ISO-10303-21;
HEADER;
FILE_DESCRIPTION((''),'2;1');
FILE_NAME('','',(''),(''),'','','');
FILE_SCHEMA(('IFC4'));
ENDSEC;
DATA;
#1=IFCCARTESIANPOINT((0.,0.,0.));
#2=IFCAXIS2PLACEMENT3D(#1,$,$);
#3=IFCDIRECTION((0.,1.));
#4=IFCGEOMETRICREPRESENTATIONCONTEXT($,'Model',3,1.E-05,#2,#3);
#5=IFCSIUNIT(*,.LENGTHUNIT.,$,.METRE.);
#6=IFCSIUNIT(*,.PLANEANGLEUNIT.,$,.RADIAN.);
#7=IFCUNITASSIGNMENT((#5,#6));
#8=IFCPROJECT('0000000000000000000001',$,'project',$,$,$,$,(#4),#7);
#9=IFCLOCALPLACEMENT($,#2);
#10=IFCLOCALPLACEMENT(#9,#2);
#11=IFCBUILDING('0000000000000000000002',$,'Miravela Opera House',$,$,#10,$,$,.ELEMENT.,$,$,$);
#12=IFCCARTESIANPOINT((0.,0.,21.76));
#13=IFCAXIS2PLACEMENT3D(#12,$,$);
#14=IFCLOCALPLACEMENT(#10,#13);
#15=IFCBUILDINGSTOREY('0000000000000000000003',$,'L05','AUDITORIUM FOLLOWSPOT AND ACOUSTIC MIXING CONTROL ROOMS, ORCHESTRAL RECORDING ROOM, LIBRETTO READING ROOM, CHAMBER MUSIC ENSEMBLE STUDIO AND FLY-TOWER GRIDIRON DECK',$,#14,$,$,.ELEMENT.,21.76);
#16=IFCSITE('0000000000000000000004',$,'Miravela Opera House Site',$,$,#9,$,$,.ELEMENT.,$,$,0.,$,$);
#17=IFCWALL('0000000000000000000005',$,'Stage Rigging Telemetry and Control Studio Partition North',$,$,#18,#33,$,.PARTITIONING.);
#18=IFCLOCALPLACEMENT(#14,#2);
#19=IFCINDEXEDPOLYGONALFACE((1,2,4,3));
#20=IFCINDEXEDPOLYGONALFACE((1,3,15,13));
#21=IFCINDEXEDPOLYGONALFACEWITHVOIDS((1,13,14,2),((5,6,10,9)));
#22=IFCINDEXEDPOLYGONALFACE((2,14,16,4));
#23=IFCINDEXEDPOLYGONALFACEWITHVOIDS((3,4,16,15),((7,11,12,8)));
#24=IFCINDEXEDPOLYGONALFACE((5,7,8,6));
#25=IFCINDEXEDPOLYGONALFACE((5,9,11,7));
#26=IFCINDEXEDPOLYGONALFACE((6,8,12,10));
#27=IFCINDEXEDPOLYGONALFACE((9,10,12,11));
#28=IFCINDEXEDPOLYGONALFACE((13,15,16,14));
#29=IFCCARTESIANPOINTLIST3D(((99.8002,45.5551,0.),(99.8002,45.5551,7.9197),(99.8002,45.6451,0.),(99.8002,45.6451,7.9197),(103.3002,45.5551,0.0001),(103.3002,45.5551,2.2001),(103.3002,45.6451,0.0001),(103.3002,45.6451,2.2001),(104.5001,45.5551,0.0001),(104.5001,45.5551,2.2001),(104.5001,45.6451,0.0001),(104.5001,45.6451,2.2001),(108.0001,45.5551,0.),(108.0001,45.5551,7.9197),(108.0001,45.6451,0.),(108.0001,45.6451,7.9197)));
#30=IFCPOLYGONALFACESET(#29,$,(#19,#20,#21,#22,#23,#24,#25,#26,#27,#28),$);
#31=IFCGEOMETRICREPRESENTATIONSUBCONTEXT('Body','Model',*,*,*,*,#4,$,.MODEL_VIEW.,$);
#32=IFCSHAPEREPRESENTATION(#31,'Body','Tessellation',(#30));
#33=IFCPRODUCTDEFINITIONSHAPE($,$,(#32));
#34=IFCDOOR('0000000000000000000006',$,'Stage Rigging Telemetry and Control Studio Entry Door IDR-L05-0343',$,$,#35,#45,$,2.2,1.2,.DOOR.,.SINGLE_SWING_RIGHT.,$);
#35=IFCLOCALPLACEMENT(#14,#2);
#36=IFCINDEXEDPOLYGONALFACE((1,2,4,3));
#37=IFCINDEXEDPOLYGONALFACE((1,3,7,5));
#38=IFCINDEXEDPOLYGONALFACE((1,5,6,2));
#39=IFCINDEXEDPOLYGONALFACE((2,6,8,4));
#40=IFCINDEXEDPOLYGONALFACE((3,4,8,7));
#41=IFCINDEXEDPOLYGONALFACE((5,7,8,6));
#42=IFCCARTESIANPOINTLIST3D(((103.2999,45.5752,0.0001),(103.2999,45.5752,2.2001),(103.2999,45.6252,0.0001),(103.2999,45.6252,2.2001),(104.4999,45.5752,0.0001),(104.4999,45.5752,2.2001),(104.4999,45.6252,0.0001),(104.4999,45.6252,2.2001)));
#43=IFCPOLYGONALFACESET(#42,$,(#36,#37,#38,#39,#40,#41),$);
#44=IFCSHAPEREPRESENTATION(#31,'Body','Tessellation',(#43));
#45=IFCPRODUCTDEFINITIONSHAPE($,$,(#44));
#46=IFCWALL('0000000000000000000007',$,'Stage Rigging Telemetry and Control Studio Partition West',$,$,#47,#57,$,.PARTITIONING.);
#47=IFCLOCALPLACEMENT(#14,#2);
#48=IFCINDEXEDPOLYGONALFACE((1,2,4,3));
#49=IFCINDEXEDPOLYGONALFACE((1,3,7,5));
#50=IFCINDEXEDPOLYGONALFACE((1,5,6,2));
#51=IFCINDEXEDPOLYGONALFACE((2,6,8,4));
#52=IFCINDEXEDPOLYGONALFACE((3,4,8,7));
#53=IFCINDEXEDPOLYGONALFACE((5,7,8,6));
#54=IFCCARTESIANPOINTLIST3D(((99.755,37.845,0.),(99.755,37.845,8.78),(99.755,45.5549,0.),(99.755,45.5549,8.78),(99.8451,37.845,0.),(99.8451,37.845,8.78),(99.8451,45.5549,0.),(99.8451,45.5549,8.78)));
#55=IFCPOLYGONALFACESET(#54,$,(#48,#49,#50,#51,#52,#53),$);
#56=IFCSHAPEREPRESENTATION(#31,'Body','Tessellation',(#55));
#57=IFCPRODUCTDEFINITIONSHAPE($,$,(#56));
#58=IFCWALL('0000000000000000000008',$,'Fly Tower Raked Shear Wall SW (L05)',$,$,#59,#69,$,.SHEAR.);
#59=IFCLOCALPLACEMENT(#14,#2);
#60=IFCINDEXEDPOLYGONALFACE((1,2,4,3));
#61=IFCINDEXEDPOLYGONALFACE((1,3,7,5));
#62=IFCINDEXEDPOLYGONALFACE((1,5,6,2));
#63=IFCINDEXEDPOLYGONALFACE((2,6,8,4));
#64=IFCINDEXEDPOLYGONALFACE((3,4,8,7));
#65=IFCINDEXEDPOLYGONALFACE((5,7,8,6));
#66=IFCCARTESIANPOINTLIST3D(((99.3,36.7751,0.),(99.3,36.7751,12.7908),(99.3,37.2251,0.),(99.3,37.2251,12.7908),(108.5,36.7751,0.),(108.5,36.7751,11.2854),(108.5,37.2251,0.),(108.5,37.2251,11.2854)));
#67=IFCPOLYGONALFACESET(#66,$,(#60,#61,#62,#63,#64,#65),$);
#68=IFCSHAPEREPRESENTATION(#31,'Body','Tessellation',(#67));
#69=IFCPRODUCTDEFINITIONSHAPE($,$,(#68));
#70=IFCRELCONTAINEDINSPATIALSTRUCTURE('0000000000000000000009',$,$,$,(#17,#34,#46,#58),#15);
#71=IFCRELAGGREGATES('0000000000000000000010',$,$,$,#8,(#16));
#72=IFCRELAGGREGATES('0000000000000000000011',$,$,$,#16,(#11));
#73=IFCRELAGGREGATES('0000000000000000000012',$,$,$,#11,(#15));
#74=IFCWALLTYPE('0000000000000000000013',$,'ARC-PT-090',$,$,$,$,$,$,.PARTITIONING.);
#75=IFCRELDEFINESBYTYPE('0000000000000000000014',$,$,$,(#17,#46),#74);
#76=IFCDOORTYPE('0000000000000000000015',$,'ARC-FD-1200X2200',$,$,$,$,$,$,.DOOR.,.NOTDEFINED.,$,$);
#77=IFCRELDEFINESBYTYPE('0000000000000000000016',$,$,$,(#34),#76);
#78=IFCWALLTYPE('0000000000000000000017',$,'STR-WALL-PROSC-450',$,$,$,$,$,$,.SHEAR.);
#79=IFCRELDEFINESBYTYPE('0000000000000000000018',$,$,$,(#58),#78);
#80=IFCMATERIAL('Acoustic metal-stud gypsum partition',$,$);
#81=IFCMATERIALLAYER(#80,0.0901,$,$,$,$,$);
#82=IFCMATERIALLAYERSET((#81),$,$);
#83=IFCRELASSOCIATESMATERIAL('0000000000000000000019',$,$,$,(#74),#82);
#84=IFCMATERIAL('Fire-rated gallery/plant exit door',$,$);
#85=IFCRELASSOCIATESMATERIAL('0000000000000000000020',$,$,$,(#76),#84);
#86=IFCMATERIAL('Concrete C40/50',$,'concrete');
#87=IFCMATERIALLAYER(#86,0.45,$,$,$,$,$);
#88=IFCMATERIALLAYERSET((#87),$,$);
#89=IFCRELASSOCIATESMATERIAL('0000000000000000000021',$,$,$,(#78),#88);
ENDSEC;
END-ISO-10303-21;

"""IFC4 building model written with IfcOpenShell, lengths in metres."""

from ifc_helpers import new_model, si_unit, direction, frame, frame_2d, origin, place, context, subcontext, project, spatial, polyline, rectangle, outline, extrude, material, layer, layer_set, type_object, element, fill, save


model = new_model("IFC4")

# Units and contexts
model_context = context("Model", 3, precision=1e-05, world=origin(), true_north=direction((0.0, 1.0)))
body_context = subcontext(model_context, "Body", "Model", "MODEL_VIEW")
ifc_project = project(units=[si_unit("LENGTHUNIT", "METRE"), si_unit("PLANEANGLEUNIT", "RADIAN")], contexts=[model_context])

# Site, building, storey
site_placement = place(None, origin())
site = spatial("IfcSite", under=ifc_project, at=site_placement, Name="Miravela Opera House Site", CompositionType="ELEMENT", RefElevation=0.0)
building_placement = place(site_placement, origin())
building = spatial("IfcBuilding", under=site, at=building_placement, Name="Miravela Opera House", CompositionType="ELEMENT")
storey_placement = place(building_placement, frame((0.0, 0.0, 21.76)))
storey = spatial("IfcBuildingStorey", under=building, at=storey_placement, Name="L05", Description="AUDITORIUM FOLLOWSPOT AND ACOUSTIC MIXING CONTROL ROOMS, ORCHESTRAL RECORDING ROOM, LIBRETTO READING ROOM, CHAMBER MUSIC ENSEMBLE STUDIO AND FLY-TOWER GRIDIRON DECK", CompositionType="ELEMENT", Elevation=21.76)

# Shared definitions
ifc_material_1 = material(Name="Acoustic metal-stud gypsum partition")
ifc_layer_1 = layer(ifc_material_1, 0.0901)
ifc_layer_set_1 = layer_set([ifc_layer_1])
wall_type_1 = type_object("IfcWallType", Name="ARC-PT-090", PredefinedType="PARTITIONING", material=ifc_layer_set_1)

# Wall, opening, door
wall_1_placement = place(storey_placement, frame((99.8, 45.6001, 0.0), z_axis=(0.0, 0.0, 1.0), x_axis=(1.0, 0.0, 0.0)))
wall_1 = element("IfcWall", 1, at=wall_1_placement, inside=storey, type_object=wall_type_1, Name="Stage Rigging Telemetry and Control Studio Partition North", PredefinedType="PARTITIONING", context=body_context, shape_type="SweptSolid", body=[
    extrude(rectangle(XDim=8.2, YDim=0.0901, at=frame_2d((4.1001, 0.0))), origin(), (0.0, 0.0, 1.0), 7.9197),
])
opening_placement = place(wall_1_placement, frame((3.5, 0.0, 0.0)))
opening = element("IfcOpeningElement", 2, at=opening_placement, cuts=wall_1, PredefinedType="OPENING", context=body_context, shape_type="SweptSolid", body=[
    extrude(rectangle(XDim=1.2, YDim=2.2, at=frame_2d((0.6001, 1.1001))), frame((0.0, 0.0549, 0.0), z_axis=(0.0, -1.0, 0.0), x_axis=(1.0, 0.0, 0.0)), (0.0, 0.0, 1.0), 0.1101),
])
ifc_material_2 = material(Name="Fire-rated gallery/plant exit door")
door_type = type_object("IfcDoorType", Name="ARC-FD-1200X2200", OperationType="NOTDEFINED", PredefinedType="DOOR", material=ifc_material_2)
door_placement = place(opening_placement, frame((1.2, 0.0, 0.0), z_axis=(0.0, 0.0, 1.0), x_axis=(-1.0, 0.0, 0.0)))
door = element("IfcDoor", 3, at=door_placement, inside=storey, type_object=door_type, Name="Stage Rigging Telemetry and Control Studio Entry Door IDR-L05-0343", OperationType="SINGLE_SWING_RIGHT", OverallHeight=2.2, OverallWidth=1.2, PredefinedType="DOOR", context=body_context, shape_type="SweptSolid", body=[
    extrude(rectangle(XDim=1.2, YDim=2.2, at=frame_2d((0.6001, 1.1001))), frame((0.0, 0.0249, 0.0), z_axis=(0.0, -1.0, 0.0), x_axis=(1.0, 0.0, 0.0)), (0.0, 0.0, 1.0), 0.05),
])
fill(opening, door)

# Walls
wall_2_placement = place(storey_placement, frame((99.8, 37.845, 0.0), z_axis=(0.0, 0.0, 1.0), x_axis=(0.0, 1.0, 0.0)))
element("IfcWall", 4, at=wall_2_placement, inside=storey, type_object=wall_type_1, Name="Stage Rigging Telemetry and Control Studio Partition West", PredefinedType="PARTITIONING", context=body_context, shape_type="SweptSolid", body=[
    extrude(rectangle(XDim=7.71, YDim=0.0901, at=frame_2d((3.855, 0.0))), origin(), (0.0, 0.0, 1.0), 8.78),
])
ifc_material_3 = material(Name="Concrete C40/50", Category="concrete")
ifc_layer_2 = layer(ifc_material_3, 0.45)
ifc_layer_set_2 = layer_set([ifc_layer_2])
wall_type_2 = type_object("IfcWallType", Name="STR-WALL-PROSC-450", PredefinedType="SHEAR", material=ifc_layer_set_2)
wall_3_placement = place(storey_placement, frame((99.3, 37.0, 0.0), z_axis=(0.0, 0.0, 1.0), x_axis=(1.0, 0.0, 0.0)))
element("IfcWall", 5, at=wall_3_placement, inside=storey, type_object=wall_type_2, Name="Fly Tower Raked Shear Wall SW (L05)", PredefinedType="SHEAR", context=body_context, shape_type="SweptSolid", body=[
    extrude(outline(polyline([(0.0, 0.0), (9.2, 0.0), (9.2, 11.2854), (0.0, 12.7908), (0.0, 0.0)])), frame((0.0, 0.2251, 0.0), z_axis=(0.0, -1.0, 0.0), x_axis=(1.0, 0.0, 0.0)), (0.0, 0.0, 1.0), 0.45),
])

save(model, "model.ifc")
